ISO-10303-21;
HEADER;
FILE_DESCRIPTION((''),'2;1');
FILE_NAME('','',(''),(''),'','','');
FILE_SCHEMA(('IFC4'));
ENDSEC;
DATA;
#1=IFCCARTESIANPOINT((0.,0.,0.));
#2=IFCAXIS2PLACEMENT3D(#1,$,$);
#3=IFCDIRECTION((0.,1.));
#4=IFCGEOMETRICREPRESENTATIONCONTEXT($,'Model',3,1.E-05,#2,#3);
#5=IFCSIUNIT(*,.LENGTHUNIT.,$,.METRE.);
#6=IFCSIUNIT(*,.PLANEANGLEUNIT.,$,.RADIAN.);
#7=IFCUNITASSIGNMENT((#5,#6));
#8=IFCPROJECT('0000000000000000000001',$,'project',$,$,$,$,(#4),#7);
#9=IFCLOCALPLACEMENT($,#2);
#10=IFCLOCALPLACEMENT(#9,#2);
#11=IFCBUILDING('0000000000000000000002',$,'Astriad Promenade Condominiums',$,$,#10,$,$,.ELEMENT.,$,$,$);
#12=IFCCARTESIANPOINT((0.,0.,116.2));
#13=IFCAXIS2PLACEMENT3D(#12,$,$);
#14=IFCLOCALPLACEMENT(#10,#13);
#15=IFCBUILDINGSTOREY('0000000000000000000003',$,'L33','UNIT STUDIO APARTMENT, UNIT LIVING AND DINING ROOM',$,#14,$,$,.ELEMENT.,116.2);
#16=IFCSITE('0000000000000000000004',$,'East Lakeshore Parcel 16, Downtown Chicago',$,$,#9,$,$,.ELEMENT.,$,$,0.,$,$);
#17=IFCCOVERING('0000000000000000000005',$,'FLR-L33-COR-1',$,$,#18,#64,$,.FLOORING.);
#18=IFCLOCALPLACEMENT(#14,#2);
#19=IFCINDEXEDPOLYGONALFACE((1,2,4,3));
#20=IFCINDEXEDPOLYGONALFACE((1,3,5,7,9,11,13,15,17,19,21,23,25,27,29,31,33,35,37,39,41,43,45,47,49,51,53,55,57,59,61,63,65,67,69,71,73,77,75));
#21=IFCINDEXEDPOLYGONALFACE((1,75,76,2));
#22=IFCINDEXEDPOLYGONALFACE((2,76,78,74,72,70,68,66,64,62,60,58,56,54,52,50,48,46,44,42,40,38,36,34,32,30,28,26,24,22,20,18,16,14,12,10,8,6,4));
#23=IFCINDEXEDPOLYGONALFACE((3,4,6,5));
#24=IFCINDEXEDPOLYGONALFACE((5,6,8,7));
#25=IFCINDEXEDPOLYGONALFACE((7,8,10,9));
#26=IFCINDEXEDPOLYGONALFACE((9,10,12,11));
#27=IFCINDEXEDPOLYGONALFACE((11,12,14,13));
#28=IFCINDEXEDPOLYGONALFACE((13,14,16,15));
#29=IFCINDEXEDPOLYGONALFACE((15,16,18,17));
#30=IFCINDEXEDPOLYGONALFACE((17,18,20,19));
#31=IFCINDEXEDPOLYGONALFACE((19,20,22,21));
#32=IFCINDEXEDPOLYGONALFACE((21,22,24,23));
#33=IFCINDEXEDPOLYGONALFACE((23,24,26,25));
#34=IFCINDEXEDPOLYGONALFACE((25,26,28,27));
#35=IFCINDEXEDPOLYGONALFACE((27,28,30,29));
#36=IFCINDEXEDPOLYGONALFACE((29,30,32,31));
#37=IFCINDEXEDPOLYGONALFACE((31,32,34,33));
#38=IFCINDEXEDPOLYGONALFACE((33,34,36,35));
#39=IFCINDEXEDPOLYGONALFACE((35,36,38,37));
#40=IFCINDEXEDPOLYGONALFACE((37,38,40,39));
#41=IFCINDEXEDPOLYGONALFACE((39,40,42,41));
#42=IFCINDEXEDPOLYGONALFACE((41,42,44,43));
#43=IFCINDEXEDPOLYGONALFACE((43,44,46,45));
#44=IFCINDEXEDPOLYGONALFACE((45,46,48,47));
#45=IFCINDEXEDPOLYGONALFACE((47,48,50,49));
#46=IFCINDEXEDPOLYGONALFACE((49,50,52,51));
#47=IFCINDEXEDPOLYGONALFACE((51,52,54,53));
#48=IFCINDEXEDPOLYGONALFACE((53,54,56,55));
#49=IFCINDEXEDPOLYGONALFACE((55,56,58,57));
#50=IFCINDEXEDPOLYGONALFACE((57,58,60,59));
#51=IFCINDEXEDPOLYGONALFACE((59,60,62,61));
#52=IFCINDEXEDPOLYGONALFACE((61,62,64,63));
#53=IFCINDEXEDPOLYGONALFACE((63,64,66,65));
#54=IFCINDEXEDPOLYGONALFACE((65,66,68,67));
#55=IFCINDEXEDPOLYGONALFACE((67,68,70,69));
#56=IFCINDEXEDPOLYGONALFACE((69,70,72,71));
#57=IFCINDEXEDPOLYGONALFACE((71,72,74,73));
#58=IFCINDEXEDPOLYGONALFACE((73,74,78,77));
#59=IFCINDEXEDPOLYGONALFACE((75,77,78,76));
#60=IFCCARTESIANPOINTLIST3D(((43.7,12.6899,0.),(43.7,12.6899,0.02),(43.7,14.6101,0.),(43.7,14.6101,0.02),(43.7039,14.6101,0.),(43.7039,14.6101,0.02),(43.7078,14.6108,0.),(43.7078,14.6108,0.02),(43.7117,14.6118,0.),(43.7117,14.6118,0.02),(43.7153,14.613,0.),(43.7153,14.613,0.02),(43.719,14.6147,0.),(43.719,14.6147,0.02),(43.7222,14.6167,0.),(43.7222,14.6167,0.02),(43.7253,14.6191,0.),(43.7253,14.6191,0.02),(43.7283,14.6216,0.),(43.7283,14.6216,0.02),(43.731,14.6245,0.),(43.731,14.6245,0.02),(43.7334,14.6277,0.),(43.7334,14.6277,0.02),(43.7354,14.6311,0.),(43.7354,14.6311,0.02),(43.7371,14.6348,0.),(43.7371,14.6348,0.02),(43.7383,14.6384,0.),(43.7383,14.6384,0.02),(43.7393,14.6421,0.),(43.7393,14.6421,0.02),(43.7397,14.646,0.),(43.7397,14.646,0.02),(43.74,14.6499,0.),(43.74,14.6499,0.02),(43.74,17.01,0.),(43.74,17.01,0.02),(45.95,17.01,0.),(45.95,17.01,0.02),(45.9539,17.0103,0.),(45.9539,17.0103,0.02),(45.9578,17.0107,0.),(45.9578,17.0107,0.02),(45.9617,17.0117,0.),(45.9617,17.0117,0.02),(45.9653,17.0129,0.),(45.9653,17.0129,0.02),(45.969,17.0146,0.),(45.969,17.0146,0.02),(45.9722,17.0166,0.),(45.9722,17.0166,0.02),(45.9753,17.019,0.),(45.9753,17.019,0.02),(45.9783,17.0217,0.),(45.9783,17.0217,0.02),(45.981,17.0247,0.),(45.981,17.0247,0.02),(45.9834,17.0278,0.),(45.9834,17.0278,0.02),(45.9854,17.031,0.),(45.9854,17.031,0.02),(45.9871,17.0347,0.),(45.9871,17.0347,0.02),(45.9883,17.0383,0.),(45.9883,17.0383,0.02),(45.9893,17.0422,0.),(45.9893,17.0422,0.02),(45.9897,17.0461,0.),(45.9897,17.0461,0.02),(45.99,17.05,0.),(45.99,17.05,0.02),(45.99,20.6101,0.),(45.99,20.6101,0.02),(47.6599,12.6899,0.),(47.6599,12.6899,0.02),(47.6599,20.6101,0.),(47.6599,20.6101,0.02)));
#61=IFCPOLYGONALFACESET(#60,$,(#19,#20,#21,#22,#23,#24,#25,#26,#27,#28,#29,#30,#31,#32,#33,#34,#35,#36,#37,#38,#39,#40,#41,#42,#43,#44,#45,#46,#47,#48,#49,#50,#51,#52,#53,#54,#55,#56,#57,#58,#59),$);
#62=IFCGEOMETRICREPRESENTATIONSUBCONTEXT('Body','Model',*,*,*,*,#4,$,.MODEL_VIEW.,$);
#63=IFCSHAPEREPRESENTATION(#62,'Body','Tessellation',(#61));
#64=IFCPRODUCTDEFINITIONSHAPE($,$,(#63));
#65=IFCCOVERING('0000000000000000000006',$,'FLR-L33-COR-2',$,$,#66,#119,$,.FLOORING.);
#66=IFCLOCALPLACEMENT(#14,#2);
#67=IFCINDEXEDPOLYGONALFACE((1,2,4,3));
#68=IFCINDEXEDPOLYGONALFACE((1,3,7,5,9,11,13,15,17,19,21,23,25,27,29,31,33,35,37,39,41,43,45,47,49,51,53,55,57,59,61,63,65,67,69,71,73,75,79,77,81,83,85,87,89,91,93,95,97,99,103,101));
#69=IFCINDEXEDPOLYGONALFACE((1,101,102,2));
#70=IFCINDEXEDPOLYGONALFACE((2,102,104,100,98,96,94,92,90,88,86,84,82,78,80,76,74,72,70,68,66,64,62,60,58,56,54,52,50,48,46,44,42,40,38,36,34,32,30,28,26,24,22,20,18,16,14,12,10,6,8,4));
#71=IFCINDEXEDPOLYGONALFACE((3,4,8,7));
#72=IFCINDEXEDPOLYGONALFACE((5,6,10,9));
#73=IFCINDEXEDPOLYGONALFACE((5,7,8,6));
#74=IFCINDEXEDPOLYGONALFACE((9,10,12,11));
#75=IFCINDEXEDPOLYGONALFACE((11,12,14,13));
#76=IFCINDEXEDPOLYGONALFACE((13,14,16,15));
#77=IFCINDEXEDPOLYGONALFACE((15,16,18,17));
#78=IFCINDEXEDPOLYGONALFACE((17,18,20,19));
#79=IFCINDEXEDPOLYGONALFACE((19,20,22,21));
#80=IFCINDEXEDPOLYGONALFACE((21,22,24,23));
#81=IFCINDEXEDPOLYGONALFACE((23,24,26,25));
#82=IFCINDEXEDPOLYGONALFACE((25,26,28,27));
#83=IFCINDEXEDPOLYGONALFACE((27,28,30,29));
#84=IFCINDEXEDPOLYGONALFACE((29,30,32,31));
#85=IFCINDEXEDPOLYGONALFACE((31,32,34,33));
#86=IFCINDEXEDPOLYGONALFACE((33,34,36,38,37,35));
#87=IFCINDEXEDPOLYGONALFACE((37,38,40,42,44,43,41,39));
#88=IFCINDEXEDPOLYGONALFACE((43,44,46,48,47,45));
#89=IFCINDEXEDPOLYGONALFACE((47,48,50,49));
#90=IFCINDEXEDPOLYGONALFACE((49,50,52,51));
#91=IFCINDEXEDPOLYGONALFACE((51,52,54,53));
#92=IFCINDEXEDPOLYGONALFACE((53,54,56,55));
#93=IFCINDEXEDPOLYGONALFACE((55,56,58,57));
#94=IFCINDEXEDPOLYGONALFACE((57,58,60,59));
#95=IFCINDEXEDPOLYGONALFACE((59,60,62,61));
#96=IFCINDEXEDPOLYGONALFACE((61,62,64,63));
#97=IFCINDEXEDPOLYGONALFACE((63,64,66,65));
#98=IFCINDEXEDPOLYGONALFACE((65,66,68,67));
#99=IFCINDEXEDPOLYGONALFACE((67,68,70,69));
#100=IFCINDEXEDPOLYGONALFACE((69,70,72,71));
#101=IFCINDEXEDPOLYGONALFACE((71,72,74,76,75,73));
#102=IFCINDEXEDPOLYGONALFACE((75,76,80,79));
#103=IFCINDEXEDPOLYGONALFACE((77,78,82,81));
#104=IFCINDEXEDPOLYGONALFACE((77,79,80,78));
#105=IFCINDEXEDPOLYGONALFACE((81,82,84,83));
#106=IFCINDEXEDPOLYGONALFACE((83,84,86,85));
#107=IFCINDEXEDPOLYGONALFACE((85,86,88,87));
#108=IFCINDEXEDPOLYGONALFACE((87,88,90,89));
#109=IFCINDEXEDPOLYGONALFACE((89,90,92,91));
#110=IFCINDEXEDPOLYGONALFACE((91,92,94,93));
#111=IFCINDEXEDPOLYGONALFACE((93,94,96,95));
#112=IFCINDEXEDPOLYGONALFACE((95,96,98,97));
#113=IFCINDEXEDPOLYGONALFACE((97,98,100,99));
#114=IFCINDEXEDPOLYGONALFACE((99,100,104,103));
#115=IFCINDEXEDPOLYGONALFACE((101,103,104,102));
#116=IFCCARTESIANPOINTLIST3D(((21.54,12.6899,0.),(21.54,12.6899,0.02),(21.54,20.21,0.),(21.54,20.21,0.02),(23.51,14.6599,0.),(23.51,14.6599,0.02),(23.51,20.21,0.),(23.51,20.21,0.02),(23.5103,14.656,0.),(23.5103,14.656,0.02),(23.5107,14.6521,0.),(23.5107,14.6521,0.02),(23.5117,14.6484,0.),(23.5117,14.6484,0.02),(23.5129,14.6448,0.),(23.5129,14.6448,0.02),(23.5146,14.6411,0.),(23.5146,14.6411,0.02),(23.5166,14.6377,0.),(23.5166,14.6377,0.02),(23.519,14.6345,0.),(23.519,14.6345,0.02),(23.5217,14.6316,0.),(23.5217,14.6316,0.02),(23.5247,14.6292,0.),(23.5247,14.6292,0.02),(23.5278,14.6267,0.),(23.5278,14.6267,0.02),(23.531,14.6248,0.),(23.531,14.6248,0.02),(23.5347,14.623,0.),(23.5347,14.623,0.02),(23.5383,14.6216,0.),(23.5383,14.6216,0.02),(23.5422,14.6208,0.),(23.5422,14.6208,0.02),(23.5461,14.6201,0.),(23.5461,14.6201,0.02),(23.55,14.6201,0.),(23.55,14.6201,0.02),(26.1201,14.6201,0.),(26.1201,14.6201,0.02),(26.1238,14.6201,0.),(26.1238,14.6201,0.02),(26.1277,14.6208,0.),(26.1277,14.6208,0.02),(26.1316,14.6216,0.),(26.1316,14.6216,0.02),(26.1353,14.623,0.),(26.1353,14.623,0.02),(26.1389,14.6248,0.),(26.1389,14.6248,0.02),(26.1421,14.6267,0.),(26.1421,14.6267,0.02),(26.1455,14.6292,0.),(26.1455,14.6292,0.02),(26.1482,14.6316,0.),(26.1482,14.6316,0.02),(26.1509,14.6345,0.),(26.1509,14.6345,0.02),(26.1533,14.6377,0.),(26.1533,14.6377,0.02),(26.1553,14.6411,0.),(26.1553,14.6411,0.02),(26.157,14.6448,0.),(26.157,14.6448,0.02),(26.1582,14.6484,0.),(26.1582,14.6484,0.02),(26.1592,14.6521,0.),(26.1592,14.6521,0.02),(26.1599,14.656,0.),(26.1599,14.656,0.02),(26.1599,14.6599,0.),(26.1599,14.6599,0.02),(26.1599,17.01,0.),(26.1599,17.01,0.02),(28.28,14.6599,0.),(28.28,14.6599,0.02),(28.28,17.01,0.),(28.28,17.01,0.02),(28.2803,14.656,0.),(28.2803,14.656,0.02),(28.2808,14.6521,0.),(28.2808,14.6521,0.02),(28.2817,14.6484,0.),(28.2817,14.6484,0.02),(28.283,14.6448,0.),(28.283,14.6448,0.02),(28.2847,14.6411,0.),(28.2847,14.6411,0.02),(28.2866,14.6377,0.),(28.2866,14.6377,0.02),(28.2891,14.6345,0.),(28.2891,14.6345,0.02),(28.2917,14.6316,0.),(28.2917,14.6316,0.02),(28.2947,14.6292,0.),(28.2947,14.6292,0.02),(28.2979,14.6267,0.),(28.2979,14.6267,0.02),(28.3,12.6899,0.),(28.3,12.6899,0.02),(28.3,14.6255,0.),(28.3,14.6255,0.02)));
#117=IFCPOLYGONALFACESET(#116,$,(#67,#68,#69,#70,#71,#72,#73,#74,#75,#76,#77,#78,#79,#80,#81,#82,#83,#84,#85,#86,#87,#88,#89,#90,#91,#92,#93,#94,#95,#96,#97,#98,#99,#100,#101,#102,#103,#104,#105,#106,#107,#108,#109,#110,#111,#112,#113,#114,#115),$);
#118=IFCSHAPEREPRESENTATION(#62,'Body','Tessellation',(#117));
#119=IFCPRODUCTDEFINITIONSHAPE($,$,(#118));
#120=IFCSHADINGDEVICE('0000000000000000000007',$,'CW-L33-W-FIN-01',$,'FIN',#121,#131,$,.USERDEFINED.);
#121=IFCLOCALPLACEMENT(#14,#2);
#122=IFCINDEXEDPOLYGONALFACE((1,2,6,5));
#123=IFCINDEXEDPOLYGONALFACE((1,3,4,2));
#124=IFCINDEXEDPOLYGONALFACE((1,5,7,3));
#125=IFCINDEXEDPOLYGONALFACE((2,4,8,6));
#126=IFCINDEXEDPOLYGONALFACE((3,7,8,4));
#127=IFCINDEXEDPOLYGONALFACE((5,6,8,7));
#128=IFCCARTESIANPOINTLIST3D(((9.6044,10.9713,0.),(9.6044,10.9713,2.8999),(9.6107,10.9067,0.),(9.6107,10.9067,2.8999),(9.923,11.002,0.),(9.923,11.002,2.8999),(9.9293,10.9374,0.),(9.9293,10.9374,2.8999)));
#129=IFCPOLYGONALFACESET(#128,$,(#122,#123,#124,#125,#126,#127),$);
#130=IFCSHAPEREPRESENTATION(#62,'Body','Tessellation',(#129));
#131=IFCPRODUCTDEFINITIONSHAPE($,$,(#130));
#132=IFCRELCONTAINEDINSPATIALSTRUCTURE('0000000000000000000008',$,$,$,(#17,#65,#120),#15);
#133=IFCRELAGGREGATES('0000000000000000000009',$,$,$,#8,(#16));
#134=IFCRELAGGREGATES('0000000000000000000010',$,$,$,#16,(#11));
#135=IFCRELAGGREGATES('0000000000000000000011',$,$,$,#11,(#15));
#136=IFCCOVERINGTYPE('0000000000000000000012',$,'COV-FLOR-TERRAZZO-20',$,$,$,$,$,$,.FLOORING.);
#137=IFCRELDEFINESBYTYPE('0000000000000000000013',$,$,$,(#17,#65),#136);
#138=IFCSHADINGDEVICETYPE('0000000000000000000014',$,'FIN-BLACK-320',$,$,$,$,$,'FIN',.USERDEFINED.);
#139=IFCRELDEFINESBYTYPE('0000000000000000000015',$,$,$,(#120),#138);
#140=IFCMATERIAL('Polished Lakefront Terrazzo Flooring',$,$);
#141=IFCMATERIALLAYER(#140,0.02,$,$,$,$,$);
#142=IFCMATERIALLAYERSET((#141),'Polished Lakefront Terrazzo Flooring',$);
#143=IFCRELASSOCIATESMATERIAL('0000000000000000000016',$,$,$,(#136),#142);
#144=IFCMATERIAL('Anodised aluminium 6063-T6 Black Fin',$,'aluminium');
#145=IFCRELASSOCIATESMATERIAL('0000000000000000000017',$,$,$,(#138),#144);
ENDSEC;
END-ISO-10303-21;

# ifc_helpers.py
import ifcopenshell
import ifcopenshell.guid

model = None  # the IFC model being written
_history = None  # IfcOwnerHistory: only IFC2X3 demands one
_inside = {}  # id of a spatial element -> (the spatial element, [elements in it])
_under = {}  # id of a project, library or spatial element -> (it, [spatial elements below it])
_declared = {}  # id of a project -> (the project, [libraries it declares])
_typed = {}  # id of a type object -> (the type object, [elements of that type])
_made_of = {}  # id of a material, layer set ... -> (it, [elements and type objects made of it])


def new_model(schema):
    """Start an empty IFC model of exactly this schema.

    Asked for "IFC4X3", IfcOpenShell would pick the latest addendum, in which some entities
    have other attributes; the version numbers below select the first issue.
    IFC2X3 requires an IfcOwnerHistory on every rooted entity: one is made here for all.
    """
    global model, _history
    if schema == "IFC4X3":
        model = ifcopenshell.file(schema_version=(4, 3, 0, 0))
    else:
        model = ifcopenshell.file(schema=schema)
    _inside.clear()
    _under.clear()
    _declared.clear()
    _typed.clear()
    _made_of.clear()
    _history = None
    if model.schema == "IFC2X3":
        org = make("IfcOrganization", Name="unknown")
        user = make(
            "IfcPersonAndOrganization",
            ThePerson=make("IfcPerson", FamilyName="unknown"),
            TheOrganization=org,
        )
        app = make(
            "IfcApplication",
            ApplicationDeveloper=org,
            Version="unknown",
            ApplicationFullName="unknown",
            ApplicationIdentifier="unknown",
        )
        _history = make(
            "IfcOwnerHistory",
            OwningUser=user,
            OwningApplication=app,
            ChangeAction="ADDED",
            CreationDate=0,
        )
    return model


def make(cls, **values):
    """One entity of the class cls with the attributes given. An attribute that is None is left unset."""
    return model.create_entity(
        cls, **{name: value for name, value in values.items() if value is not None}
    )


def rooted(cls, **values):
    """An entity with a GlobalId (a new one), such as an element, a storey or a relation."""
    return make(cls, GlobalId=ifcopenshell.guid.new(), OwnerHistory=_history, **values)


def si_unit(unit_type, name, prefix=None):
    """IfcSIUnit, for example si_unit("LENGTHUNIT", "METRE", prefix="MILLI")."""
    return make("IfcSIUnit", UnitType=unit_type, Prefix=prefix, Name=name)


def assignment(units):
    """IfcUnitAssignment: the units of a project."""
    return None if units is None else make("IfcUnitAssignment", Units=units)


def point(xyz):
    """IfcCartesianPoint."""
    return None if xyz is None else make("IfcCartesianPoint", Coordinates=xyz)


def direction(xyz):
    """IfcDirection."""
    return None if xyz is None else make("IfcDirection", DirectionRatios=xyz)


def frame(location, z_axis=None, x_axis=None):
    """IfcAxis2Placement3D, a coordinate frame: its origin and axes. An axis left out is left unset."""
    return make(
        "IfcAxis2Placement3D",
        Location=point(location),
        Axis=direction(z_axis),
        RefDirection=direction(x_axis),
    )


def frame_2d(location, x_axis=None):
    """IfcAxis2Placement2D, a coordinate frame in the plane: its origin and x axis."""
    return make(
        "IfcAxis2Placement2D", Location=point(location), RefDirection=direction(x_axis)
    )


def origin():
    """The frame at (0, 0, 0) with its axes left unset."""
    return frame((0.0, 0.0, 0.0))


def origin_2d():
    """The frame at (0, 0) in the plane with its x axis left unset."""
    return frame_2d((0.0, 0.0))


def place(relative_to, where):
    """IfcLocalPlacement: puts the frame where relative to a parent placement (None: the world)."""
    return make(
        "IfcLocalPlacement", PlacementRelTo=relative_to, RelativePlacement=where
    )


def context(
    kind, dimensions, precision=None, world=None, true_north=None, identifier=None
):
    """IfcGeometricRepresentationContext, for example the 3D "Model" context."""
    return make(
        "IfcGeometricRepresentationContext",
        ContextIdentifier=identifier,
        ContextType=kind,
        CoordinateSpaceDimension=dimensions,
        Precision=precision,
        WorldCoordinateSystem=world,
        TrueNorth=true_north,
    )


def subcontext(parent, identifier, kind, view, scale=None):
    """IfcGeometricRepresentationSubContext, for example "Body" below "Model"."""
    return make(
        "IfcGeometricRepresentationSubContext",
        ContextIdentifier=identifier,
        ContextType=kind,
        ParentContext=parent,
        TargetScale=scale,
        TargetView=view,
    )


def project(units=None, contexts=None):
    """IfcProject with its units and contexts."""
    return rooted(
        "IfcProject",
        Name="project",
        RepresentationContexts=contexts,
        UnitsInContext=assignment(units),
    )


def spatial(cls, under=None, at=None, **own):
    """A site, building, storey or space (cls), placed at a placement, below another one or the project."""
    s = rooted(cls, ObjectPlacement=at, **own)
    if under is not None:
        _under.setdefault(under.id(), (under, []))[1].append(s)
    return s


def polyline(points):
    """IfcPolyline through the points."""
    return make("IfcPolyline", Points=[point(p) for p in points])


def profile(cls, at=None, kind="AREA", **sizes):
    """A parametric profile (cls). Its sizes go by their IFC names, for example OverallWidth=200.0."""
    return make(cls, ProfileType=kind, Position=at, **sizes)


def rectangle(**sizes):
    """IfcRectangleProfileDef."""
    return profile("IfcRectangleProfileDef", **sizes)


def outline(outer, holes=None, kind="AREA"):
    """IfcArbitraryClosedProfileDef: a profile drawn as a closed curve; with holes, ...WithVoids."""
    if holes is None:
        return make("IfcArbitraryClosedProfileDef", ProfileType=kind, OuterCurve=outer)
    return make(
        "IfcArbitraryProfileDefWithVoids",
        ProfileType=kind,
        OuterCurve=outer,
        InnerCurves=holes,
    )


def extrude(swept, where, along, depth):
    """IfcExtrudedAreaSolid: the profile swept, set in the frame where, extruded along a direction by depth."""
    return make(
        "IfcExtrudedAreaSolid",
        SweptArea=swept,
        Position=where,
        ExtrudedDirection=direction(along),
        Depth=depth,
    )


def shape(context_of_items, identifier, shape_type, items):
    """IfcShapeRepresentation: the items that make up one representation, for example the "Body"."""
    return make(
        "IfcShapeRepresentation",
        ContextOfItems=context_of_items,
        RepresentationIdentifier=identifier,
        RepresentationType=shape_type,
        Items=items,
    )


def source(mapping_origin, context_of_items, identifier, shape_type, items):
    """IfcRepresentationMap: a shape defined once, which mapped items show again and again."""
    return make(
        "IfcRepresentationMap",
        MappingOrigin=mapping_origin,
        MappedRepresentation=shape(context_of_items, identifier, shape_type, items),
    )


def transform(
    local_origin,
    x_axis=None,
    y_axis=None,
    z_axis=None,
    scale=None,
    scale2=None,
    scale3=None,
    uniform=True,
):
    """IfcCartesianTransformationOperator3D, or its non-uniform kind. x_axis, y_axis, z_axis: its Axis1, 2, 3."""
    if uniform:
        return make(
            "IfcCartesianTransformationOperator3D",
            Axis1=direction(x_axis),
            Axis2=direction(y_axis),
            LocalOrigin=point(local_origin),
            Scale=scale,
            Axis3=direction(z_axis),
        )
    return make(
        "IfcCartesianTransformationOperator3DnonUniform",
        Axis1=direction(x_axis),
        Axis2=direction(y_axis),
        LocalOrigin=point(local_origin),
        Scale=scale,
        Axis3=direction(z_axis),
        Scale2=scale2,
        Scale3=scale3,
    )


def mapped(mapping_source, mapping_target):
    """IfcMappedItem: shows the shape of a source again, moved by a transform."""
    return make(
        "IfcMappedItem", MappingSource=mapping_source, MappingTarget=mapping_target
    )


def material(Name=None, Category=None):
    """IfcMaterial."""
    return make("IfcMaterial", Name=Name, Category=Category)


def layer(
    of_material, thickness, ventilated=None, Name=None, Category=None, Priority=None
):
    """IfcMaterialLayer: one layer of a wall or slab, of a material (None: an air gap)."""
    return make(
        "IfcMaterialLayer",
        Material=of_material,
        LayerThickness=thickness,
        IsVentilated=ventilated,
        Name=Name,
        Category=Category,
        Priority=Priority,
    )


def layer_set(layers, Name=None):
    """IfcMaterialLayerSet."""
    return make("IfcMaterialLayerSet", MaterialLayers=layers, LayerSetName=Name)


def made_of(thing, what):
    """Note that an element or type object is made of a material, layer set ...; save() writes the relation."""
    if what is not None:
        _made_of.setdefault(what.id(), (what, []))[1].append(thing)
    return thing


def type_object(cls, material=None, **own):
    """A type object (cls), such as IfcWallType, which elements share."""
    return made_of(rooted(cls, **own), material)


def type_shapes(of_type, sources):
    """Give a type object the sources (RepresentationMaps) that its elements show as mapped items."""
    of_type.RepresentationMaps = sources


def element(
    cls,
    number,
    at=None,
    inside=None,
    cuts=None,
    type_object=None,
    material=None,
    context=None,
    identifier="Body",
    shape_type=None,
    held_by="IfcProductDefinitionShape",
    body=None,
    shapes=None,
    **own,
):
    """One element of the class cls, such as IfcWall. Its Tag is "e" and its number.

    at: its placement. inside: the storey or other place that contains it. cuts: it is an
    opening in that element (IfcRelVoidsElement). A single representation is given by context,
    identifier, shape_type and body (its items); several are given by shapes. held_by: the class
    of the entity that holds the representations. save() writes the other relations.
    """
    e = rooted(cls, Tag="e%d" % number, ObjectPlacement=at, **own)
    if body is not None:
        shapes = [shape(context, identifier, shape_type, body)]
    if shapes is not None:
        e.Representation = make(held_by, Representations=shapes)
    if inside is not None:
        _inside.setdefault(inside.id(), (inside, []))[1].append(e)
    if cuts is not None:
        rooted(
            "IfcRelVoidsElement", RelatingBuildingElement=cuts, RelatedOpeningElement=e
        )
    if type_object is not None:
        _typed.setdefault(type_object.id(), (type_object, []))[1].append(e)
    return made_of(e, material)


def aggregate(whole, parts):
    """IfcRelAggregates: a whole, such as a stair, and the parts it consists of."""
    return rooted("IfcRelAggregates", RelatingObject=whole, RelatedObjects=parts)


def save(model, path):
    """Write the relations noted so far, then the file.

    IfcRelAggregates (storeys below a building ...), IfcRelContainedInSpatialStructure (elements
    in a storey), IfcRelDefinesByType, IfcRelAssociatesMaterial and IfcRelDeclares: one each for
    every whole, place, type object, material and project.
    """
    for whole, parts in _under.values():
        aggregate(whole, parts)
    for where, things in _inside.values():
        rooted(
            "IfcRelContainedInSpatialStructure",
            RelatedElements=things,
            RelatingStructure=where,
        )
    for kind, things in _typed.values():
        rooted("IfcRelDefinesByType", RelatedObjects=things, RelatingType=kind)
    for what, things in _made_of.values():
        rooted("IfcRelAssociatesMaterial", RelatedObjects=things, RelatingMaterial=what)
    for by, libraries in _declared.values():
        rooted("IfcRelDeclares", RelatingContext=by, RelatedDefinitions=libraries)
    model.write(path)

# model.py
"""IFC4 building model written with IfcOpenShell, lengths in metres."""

from ifc_helpers import new_model, si_unit, direction, frame, origin, origin_2d, place, context, subcontext, project, spatial, polyline, rectangle, outline, extrude, source, transform, mapped, material, layer, layer_set, type_object, type_shapes, element, save


model = new_model("IFC4")

# Units and contexts
model_context = context("Model", 3, precision=1e-05, world=origin(), true_north=direction((0.0, 1.0)))
body_context = subcontext(model_context, "Body", "Model", "MODEL_VIEW")
ifc_project = project(units=[si_unit("LENGTHUNIT", "METRE"), si_unit("PLANEANGLEUNIT", "RADIAN")], contexts=[model_context])

# Site, building, storey
site_placement = place(None, origin())
site = spatial("IfcSite", under=ifc_project, at=site_placement, Name="East Lakeshore Parcel 16, Downtown Chicago", CompositionType="ELEMENT", RefElevation=0.0)
building_placement = place(site_placement, origin())
building = spatial("IfcBuilding", under=site, at=building_placement, Name="Astriad Promenade Condominiums", CompositionType="ELEMENT")
storey_placement = place(building_placement, frame((0.0, 0.0, 116.2)))
storey = spatial("IfcBuildingStorey", under=building, at=storey_placement, Name="L33", Description="UNIT STUDIO APARTMENT, UNIT LIVING AND DINING ROOM", CompositionType="ELEMENT", Elevation=116.2)

# Coverings
ifc_material_1 = material(Name="Polished Lakefront Terrazzo Flooring")
ifc_layer_1 = layer(ifc_material_1, 0.02)
ifc_layer_set_1 = layer_set([ifc_layer_1], Name="Polished Lakefront Terrazzo Flooring")
covering_type = type_object("IfcCoveringType", Name="COV-FLOR-TERRAZZO-20", PredefinedType="FLOORING", material=ifc_layer_set_1)
covering_1_placement = place(storey_placement, origin())
element("IfcCovering", 1, at=covering_1_placement, inside=storey, type_object=covering_type, Name="FLR-L33-COR-1", PredefinedType="FLOORING", context=body_context, shape_type="SweptSolid", body=[
    extrude(outline(polyline([(43.7, 12.6899), (43.7, 14.6101), (43.7039, 14.6101), (43.7078, 14.6108), (43.7117, 14.6118), (43.7153, 14.613), (43.719, 14.6147), (43.7222, 14.6167), (43.7253, 14.6191), (43.7283, 14.6216), (43.731, 14.6245), (43.7334, 14.6277), (43.7354, 14.6311), (43.7371, 14.6348), (43.7383, 14.6384), (43.7393, 14.6421), (43.7397, 14.646), (43.74, 14.6499), (43.74, 17.01), (45.95, 17.01), (45.9539, 17.0103), (45.9578, 17.0107), (45.9617, 17.0117), (45.9653, 17.0129), (45.969, 17.0146), (45.9722, 17.0166), (45.9753, 17.019), (45.9783, 17.0217), (45.981, 17.0247), (45.9834, 17.0278), (45.9854, 17.031), (45.9871, 17.0347), (45.9883, 17.0383), (45.9893, 17.0422), (45.9897, 17.0461), (45.99, 17.05), (45.99, 20.6101), (47.6599, 20.6101), (47.6599, 12.6899), (43.7, 12.6899)])), origin(), (0.0, 0.0, 1.0), 0.02),
])
covering_2_placement = place(storey_placement, origin())
element("IfcCovering", 2, at=covering_2_placement, inside=storey, type_object=covering_type, Name="FLR-L33-COR-2", PredefinedType="FLOORING", context=body_context, shape_type="SweptSolid", body=[
    extrude(outline(polyline([(28.3, 12.6899), (21.54, 12.6899), (21.54, 20.21), (23.51, 20.21), (23.51, 14.6599), (23.5103, 14.656), (23.5107, 14.6521), (23.5117, 14.6484), (23.5129, 14.6448), (23.5146, 14.6411), (23.5166, 14.6377), (23.519, 14.6345), (23.5217, 14.6316), (23.5247, 14.6292), (23.5278, 14.6267), (23.531, 14.6248), (23.5347, 14.623), (23.5383, 14.6216), (23.5422, 14.6208), (23.5461, 14.6201), (23.55, 14.6201), (26.1201, 14.6201), (26.1238, 14.6201), (26.1277, 14.6208), (26.1316, 14.6216), (26.1353, 14.623), (26.1389, 14.6248), (26.1421, 14.6267), (26.1455, 14.6292), (26.1482, 14.6316), (26.1509, 14.6345), (26.1533, 14.6377), (26.1553, 14.6411), (26.157, 14.6448), (26.1582, 14.6484), (26.1592, 14.6521), (26.1599, 14.656), (26.1599, 14.6599), (26.1599, 17.01), (28.28, 17.01), (28.28, 14.6599), (28.2803, 14.656), (28.2808, 14.6521), (28.2817, 14.6484), (28.283, 14.6448), (28.2847, 14.6411), (28.2866, 14.6377), (28.2891, 14.6345), (28.2917, 14.6316), (28.2947, 14.6292), (28.2979, 14.6267), (28.3, 14.6255), (28.3, 12.6899)])), origin(), (0.0, 0.0, 1.0), 0.02),
])

# Shading device
ifc_material_2 = material(Name="Anodised aluminium 6063-T6 Black Fin", Category="aluminium")
shading_device_type = type_object("IfcShadingDeviceType", Name="FIN-BLACK-320", ElementType="FIN", PredefinedType="USERDEFINED", material=ifc_material_2)
shared_shape_1 = source(origin(), body_context, "Body", "SweptSolid", [
    extrude(rectangle(XDim=0.0649, YDim=0.3201, at=origin_2d()), origin(), (0.0, 0.0, 1.0), 2.8999),
])
type_shapes(shading_device_type, [shared_shape_1])
shading_device_placement = place(storey_placement, frame((9.7668, 10.9543, 0.0), z_axis=(0.0, 0.0, 1.0), x_axis=(-0.095846, 0.995396, 0.0)))
element("IfcShadingDevice", 3, at=shading_device_placement, inside=storey, type_object=shading_device_type, Name="CW-L33-W-FIN-01", ObjectType="FIN", PredefinedType="USERDEFINED", context=body_context, shape_type="MappedRepresentation", body=[
    mapped(shared_shape_1, transform((0.0, 0.0, 0.0), scale=1.0)),
])

save(model, "model.ifc")
